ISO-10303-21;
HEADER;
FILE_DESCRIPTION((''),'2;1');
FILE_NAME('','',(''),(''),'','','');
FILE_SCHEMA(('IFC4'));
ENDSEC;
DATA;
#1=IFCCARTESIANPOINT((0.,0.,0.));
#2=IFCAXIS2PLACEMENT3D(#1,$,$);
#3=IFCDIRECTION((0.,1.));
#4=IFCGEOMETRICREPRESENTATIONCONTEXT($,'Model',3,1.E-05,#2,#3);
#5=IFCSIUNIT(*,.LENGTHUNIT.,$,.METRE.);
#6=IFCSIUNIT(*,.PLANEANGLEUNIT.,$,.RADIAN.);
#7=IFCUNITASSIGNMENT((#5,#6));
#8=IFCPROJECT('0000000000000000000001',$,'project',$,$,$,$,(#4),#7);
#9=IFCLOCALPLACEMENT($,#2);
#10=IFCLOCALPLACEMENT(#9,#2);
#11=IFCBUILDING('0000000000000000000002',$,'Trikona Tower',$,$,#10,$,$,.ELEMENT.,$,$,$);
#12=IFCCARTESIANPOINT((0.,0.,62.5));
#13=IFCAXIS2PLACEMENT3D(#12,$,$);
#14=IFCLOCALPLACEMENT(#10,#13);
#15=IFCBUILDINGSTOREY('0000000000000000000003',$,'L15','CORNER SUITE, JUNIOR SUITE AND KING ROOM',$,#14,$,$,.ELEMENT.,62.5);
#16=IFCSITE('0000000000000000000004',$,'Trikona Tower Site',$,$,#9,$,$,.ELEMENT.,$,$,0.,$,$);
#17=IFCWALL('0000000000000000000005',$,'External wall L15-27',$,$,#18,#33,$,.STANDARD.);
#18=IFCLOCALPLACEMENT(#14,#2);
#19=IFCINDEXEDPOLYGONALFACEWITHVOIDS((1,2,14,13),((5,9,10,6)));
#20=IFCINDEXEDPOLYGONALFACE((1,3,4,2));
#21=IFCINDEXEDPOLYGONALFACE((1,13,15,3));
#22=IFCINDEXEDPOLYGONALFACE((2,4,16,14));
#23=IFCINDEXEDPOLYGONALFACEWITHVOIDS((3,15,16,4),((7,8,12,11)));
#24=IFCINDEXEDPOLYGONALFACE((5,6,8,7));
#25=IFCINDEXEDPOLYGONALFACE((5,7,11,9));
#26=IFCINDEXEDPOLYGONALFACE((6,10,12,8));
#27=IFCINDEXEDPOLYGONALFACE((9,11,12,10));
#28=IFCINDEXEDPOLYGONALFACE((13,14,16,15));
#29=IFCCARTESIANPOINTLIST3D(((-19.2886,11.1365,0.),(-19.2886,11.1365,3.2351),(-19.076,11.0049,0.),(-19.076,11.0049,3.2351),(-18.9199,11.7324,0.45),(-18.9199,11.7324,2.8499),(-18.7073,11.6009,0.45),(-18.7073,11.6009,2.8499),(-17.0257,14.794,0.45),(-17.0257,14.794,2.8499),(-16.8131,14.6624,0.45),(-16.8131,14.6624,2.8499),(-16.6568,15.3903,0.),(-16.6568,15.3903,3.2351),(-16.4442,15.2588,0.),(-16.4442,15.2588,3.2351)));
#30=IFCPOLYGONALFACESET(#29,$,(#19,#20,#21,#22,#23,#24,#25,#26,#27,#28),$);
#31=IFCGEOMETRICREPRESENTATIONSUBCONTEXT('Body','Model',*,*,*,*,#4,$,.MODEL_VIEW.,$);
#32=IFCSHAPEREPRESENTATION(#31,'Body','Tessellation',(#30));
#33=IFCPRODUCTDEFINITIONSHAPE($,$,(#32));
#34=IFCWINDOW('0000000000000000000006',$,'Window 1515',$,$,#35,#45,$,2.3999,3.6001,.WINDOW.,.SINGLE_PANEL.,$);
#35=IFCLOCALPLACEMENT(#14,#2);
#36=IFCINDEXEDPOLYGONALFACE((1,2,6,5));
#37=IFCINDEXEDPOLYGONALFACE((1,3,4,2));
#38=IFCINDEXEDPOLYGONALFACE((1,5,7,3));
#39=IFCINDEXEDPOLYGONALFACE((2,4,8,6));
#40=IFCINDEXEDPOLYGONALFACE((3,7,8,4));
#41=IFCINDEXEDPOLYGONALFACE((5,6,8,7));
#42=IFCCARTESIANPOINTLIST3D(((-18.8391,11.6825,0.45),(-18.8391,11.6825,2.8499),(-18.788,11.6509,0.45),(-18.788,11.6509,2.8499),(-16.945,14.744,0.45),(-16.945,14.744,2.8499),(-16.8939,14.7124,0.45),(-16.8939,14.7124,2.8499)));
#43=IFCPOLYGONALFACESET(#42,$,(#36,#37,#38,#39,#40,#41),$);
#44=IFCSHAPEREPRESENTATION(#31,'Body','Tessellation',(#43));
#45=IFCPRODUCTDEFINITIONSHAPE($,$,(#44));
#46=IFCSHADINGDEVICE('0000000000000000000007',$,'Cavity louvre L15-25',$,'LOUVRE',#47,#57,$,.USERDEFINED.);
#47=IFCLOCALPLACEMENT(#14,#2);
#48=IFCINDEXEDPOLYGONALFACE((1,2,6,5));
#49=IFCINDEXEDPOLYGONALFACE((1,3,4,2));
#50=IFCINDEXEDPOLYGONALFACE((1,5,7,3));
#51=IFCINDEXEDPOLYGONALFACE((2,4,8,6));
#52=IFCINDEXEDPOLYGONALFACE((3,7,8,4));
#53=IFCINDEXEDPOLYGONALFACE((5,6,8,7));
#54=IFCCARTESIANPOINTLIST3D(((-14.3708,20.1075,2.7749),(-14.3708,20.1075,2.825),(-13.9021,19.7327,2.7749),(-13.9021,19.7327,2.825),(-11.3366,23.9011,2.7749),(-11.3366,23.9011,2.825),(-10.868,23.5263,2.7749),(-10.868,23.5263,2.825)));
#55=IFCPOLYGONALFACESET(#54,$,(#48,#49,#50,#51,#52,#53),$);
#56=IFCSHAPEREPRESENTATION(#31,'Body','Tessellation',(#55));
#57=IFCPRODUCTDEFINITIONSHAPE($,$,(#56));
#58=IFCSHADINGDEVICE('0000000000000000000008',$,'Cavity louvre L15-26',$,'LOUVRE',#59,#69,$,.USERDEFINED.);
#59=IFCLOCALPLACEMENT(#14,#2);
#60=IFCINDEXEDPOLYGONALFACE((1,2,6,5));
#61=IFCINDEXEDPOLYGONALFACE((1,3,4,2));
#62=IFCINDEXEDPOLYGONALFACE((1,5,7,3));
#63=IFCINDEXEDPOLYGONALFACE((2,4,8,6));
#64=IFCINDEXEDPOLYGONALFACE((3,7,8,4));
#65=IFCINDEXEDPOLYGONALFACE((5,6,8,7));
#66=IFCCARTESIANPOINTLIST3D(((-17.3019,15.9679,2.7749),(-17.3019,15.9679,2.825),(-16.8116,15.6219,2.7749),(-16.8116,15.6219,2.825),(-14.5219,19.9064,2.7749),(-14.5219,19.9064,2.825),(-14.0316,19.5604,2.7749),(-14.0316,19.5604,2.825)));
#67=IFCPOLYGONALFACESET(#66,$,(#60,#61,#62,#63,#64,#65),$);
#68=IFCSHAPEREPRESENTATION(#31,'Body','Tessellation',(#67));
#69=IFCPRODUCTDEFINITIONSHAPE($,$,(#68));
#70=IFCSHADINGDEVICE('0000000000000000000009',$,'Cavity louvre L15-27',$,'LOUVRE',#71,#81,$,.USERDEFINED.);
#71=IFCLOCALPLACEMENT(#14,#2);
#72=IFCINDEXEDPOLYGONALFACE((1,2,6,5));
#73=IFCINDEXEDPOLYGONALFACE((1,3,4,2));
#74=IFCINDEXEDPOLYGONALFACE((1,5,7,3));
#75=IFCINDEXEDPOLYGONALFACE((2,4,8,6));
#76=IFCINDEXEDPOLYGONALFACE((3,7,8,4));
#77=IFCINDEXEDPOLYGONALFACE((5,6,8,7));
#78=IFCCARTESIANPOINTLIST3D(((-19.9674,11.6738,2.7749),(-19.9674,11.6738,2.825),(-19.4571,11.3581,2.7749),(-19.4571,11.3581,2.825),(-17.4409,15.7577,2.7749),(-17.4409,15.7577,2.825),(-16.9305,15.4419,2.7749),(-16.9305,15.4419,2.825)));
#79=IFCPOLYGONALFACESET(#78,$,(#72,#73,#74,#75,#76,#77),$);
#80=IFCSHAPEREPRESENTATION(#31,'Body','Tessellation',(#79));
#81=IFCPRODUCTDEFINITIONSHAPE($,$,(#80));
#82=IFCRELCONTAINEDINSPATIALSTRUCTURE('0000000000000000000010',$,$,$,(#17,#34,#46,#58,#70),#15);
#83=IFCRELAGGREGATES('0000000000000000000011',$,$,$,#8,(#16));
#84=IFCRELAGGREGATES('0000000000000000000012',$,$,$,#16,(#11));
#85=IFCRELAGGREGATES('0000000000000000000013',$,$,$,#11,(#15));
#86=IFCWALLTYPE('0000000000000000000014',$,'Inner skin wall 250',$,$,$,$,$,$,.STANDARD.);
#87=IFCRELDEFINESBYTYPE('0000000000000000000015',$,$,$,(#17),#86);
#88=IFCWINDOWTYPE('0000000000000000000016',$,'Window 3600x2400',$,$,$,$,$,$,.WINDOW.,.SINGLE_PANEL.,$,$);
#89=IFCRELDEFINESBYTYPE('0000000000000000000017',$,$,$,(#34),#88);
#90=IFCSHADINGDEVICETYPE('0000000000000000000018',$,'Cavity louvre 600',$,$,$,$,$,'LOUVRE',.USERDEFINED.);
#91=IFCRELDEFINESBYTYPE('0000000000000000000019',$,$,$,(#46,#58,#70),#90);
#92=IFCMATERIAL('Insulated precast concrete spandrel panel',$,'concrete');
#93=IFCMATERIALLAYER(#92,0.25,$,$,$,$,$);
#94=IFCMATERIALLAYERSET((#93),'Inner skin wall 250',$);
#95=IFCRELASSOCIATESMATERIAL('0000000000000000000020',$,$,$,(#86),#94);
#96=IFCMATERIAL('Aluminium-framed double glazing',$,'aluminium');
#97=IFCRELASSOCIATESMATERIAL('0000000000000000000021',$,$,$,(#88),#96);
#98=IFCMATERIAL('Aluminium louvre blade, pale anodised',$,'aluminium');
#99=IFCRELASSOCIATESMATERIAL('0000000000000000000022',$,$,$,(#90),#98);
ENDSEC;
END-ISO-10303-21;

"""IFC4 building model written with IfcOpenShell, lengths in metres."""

from ifc_helpers import new_model, si_unit, direction, frame, frame_2d, origin, origin_2d, place, context, subcontext, project, spatial, rectangle, extrude, material, layer, layer_set, type_object, element, fill, save


model = new_model("IFC4")

# Units and contexts
model_context = context("Model", 3, precision=1e-05, world=origin(), true_north=direction((0.0, 1.0)))
body_context = subcontext(model_context, "Body", "Model", "MODEL_VIEW")
ifc_project = project(units=[si_unit("LENGTHUNIT", "METRE"), si_unit("PLANEANGLEUNIT", "RADIAN")], contexts=[model_context])

# Site, building, storey
site_placement = place(None, origin())
site = spatial("IfcSite", under=ifc_project, at=site_placement, Name="Trikona Tower Site", CompositionType="ELEMENT", RefElevation=0.0)
building_placement = place(site_placement, origin())
building = spatial("IfcBuilding", under=site, at=building_placement, Name="Trikona Tower", CompositionType="ELEMENT")
storey_placement = place(building_placement, frame((0.0, 0.0, 62.5)))
storey = spatial("IfcBuildingStorey", under=building, at=storey_placement, Name="L15", Description="CORNER SUITE, JUNIOR SUITE AND KING ROOM", CompositionType="ELEMENT", Elevation=62.5)

# Wall, opening, window
ifc_material_1 = material(Name="Insulated precast concrete spandrel panel", Category="concrete")
ifc_layer_1 = layer(ifc_material_1, 0.25)
ifc_layer_set_1 = layer_set([ifc_layer_1], Name="Inner skin wall 250")
wall_type = type_object("IfcWallType", Name="Inner skin wall 250", PredefinedType="STANDARD", material=ifc_layer_set_1)
ifc_material_2 = material(Name="Aluminium-framed double glazing", Category="aluminium")
window_type = type_object("IfcWindowType", Name="Window 3600x2400", PartitioningType="SINGLE_PANEL", PredefinedType="WINDOW", material=ifc_material_2)
wall_1_placement = place(storey_placement, frame((-16.5505, 15.3245, 0.0), z_axis=(0.0, 0.0, 1.0), x_axis=(-0.526133, -0.850402, 0.0)))
wall_1 = element("IfcWall", 1, at=wall_1_placement, inside=storey, type_object=wall_type, Name="External wall L15-27", PredefinedType="STANDARD", context=body_context, shape_type="SweptSolid", body=[
    extrude(rectangle(XDim=5.0022, YDim=0.25, at=frame_2d((2.501, 0.0))), origin(), (0.0, 0.0, 1.0), 3.2351),
])
opening_1_placement = place(wall_1_placement, frame((0.7012, 0.0, 0.45)))
opening_1 = element("IfcOpeningElement", 2, at=opening_1_placement, cuts=wall_1, PredefinedType="OPENING", context=body_context, shape_type="SweptSolid", body=[
    extrude(rectangle(XDim=3.6001, YDim=2.3999, at=frame_2d((1.8, 1.2))), frame((0.0, 0.135, 0.0), z_axis=(0.0, -1.0, 0.0), x_axis=(1.0, 0.0, 0.0)), (0.0, 0.0, 1.0), 0.27),
])
window_1_placement = place(opening_1_placement, origin())
window_1 = element("IfcWindow", 3, at=window_1_placement, inside=storey, type_object=window_type, Name="Window 1515", OverallHeight=2.3999, OverallWidth=3.6001, PartitioningType="SINGLE_PANEL", PredefinedType="WINDOW", context=body_context, shape_type="SweptSolid", body=[
    extrude(rectangle(XDim=3.6001, YDim=2.3999, at=frame_2d((1.8, 1.2))), frame((0.0, 0.03, 0.0), z_axis=(0.0, -1.0, 0.0), x_axis=(1.0, 0.0, 0.0)), (0.0, 0.0, 1.0), 0.0601),
])
fill(opening_1, window_1)

# Shading devices
ifc_material_3 = material(Name="Aluminium louvre blade, pale anodised", Category="aluminium")
shading_device_type = type_object("IfcShadingDeviceType", Name="Cavity louvre 600", ElementType="LOUVRE", PredefinedType="USERDEFINED", material=ifc_material_3)
shading_device_1_placement = place(storey_placement, frame((-12.6194, 21.8169, 2.7749), z_axis=(0.0, 0.0, 1.0), x_axis=(-0.624604, -0.780942, 0.0)))
element("IfcShadingDevice", 4, at=shading_device_1_placement, inside=storey, type_object=shading_device_type, Name="Cavity louvre L15-25", ObjectType="LOUVRE", PredefinedType="USERDEFINED", context=body_context, shape_type="SweptSolid", body=[
    extrude(rectangle(XDim=4.8577, YDim=0.6001, at=origin_2d()), origin(), (0.0, 0.0, 1.0), 0.05),
])
shading_device_2_placement = place(storey_placement, frame((-15.6667, 17.7642, 2.7749), z_axis=(0.0, 0.0, 1.0), x_axis=(-0.576662, -0.816983, 0.0)))
element("IfcShadingDevice", 5, at=shading_device_2_placement, inside=storey, type_object=shading_device_type, Name="Cavity louvre L15-26", ObjectType="LOUVRE", PredefinedType="USERDEFINED", context=body_context, shape_type="SweptSolid", body=[
    extrude(rectangle(XDim=4.8208, YDim=0.6001, at=origin_2d()), origin(), (0.0, 0.0, 1.0), 0.05),
])
shading_device_3_placement = place(storey_placement, frame((-18.449, 13.5579, 2.7749), z_axis=(0.0, 0.0, 1.0), x_axis=(-0.526119, -0.850411, 0.0)))
element("IfcShadingDevice", 6, at=shading_device_3_placement, inside=storey, type_object=shading_device_type, Name="Cavity louvre L15-27", ObjectType="LOUVRE", PredefinedType="USERDEFINED", context=body_context, shape_type="SweptSolid", body=[
    extrude(rectangle(XDim=4.8022, YDim=0.6001, at=origin_2d()), origin(), (0.0, 0.0, 1.0), 0.05),
])

save(model, "model.ifc")
